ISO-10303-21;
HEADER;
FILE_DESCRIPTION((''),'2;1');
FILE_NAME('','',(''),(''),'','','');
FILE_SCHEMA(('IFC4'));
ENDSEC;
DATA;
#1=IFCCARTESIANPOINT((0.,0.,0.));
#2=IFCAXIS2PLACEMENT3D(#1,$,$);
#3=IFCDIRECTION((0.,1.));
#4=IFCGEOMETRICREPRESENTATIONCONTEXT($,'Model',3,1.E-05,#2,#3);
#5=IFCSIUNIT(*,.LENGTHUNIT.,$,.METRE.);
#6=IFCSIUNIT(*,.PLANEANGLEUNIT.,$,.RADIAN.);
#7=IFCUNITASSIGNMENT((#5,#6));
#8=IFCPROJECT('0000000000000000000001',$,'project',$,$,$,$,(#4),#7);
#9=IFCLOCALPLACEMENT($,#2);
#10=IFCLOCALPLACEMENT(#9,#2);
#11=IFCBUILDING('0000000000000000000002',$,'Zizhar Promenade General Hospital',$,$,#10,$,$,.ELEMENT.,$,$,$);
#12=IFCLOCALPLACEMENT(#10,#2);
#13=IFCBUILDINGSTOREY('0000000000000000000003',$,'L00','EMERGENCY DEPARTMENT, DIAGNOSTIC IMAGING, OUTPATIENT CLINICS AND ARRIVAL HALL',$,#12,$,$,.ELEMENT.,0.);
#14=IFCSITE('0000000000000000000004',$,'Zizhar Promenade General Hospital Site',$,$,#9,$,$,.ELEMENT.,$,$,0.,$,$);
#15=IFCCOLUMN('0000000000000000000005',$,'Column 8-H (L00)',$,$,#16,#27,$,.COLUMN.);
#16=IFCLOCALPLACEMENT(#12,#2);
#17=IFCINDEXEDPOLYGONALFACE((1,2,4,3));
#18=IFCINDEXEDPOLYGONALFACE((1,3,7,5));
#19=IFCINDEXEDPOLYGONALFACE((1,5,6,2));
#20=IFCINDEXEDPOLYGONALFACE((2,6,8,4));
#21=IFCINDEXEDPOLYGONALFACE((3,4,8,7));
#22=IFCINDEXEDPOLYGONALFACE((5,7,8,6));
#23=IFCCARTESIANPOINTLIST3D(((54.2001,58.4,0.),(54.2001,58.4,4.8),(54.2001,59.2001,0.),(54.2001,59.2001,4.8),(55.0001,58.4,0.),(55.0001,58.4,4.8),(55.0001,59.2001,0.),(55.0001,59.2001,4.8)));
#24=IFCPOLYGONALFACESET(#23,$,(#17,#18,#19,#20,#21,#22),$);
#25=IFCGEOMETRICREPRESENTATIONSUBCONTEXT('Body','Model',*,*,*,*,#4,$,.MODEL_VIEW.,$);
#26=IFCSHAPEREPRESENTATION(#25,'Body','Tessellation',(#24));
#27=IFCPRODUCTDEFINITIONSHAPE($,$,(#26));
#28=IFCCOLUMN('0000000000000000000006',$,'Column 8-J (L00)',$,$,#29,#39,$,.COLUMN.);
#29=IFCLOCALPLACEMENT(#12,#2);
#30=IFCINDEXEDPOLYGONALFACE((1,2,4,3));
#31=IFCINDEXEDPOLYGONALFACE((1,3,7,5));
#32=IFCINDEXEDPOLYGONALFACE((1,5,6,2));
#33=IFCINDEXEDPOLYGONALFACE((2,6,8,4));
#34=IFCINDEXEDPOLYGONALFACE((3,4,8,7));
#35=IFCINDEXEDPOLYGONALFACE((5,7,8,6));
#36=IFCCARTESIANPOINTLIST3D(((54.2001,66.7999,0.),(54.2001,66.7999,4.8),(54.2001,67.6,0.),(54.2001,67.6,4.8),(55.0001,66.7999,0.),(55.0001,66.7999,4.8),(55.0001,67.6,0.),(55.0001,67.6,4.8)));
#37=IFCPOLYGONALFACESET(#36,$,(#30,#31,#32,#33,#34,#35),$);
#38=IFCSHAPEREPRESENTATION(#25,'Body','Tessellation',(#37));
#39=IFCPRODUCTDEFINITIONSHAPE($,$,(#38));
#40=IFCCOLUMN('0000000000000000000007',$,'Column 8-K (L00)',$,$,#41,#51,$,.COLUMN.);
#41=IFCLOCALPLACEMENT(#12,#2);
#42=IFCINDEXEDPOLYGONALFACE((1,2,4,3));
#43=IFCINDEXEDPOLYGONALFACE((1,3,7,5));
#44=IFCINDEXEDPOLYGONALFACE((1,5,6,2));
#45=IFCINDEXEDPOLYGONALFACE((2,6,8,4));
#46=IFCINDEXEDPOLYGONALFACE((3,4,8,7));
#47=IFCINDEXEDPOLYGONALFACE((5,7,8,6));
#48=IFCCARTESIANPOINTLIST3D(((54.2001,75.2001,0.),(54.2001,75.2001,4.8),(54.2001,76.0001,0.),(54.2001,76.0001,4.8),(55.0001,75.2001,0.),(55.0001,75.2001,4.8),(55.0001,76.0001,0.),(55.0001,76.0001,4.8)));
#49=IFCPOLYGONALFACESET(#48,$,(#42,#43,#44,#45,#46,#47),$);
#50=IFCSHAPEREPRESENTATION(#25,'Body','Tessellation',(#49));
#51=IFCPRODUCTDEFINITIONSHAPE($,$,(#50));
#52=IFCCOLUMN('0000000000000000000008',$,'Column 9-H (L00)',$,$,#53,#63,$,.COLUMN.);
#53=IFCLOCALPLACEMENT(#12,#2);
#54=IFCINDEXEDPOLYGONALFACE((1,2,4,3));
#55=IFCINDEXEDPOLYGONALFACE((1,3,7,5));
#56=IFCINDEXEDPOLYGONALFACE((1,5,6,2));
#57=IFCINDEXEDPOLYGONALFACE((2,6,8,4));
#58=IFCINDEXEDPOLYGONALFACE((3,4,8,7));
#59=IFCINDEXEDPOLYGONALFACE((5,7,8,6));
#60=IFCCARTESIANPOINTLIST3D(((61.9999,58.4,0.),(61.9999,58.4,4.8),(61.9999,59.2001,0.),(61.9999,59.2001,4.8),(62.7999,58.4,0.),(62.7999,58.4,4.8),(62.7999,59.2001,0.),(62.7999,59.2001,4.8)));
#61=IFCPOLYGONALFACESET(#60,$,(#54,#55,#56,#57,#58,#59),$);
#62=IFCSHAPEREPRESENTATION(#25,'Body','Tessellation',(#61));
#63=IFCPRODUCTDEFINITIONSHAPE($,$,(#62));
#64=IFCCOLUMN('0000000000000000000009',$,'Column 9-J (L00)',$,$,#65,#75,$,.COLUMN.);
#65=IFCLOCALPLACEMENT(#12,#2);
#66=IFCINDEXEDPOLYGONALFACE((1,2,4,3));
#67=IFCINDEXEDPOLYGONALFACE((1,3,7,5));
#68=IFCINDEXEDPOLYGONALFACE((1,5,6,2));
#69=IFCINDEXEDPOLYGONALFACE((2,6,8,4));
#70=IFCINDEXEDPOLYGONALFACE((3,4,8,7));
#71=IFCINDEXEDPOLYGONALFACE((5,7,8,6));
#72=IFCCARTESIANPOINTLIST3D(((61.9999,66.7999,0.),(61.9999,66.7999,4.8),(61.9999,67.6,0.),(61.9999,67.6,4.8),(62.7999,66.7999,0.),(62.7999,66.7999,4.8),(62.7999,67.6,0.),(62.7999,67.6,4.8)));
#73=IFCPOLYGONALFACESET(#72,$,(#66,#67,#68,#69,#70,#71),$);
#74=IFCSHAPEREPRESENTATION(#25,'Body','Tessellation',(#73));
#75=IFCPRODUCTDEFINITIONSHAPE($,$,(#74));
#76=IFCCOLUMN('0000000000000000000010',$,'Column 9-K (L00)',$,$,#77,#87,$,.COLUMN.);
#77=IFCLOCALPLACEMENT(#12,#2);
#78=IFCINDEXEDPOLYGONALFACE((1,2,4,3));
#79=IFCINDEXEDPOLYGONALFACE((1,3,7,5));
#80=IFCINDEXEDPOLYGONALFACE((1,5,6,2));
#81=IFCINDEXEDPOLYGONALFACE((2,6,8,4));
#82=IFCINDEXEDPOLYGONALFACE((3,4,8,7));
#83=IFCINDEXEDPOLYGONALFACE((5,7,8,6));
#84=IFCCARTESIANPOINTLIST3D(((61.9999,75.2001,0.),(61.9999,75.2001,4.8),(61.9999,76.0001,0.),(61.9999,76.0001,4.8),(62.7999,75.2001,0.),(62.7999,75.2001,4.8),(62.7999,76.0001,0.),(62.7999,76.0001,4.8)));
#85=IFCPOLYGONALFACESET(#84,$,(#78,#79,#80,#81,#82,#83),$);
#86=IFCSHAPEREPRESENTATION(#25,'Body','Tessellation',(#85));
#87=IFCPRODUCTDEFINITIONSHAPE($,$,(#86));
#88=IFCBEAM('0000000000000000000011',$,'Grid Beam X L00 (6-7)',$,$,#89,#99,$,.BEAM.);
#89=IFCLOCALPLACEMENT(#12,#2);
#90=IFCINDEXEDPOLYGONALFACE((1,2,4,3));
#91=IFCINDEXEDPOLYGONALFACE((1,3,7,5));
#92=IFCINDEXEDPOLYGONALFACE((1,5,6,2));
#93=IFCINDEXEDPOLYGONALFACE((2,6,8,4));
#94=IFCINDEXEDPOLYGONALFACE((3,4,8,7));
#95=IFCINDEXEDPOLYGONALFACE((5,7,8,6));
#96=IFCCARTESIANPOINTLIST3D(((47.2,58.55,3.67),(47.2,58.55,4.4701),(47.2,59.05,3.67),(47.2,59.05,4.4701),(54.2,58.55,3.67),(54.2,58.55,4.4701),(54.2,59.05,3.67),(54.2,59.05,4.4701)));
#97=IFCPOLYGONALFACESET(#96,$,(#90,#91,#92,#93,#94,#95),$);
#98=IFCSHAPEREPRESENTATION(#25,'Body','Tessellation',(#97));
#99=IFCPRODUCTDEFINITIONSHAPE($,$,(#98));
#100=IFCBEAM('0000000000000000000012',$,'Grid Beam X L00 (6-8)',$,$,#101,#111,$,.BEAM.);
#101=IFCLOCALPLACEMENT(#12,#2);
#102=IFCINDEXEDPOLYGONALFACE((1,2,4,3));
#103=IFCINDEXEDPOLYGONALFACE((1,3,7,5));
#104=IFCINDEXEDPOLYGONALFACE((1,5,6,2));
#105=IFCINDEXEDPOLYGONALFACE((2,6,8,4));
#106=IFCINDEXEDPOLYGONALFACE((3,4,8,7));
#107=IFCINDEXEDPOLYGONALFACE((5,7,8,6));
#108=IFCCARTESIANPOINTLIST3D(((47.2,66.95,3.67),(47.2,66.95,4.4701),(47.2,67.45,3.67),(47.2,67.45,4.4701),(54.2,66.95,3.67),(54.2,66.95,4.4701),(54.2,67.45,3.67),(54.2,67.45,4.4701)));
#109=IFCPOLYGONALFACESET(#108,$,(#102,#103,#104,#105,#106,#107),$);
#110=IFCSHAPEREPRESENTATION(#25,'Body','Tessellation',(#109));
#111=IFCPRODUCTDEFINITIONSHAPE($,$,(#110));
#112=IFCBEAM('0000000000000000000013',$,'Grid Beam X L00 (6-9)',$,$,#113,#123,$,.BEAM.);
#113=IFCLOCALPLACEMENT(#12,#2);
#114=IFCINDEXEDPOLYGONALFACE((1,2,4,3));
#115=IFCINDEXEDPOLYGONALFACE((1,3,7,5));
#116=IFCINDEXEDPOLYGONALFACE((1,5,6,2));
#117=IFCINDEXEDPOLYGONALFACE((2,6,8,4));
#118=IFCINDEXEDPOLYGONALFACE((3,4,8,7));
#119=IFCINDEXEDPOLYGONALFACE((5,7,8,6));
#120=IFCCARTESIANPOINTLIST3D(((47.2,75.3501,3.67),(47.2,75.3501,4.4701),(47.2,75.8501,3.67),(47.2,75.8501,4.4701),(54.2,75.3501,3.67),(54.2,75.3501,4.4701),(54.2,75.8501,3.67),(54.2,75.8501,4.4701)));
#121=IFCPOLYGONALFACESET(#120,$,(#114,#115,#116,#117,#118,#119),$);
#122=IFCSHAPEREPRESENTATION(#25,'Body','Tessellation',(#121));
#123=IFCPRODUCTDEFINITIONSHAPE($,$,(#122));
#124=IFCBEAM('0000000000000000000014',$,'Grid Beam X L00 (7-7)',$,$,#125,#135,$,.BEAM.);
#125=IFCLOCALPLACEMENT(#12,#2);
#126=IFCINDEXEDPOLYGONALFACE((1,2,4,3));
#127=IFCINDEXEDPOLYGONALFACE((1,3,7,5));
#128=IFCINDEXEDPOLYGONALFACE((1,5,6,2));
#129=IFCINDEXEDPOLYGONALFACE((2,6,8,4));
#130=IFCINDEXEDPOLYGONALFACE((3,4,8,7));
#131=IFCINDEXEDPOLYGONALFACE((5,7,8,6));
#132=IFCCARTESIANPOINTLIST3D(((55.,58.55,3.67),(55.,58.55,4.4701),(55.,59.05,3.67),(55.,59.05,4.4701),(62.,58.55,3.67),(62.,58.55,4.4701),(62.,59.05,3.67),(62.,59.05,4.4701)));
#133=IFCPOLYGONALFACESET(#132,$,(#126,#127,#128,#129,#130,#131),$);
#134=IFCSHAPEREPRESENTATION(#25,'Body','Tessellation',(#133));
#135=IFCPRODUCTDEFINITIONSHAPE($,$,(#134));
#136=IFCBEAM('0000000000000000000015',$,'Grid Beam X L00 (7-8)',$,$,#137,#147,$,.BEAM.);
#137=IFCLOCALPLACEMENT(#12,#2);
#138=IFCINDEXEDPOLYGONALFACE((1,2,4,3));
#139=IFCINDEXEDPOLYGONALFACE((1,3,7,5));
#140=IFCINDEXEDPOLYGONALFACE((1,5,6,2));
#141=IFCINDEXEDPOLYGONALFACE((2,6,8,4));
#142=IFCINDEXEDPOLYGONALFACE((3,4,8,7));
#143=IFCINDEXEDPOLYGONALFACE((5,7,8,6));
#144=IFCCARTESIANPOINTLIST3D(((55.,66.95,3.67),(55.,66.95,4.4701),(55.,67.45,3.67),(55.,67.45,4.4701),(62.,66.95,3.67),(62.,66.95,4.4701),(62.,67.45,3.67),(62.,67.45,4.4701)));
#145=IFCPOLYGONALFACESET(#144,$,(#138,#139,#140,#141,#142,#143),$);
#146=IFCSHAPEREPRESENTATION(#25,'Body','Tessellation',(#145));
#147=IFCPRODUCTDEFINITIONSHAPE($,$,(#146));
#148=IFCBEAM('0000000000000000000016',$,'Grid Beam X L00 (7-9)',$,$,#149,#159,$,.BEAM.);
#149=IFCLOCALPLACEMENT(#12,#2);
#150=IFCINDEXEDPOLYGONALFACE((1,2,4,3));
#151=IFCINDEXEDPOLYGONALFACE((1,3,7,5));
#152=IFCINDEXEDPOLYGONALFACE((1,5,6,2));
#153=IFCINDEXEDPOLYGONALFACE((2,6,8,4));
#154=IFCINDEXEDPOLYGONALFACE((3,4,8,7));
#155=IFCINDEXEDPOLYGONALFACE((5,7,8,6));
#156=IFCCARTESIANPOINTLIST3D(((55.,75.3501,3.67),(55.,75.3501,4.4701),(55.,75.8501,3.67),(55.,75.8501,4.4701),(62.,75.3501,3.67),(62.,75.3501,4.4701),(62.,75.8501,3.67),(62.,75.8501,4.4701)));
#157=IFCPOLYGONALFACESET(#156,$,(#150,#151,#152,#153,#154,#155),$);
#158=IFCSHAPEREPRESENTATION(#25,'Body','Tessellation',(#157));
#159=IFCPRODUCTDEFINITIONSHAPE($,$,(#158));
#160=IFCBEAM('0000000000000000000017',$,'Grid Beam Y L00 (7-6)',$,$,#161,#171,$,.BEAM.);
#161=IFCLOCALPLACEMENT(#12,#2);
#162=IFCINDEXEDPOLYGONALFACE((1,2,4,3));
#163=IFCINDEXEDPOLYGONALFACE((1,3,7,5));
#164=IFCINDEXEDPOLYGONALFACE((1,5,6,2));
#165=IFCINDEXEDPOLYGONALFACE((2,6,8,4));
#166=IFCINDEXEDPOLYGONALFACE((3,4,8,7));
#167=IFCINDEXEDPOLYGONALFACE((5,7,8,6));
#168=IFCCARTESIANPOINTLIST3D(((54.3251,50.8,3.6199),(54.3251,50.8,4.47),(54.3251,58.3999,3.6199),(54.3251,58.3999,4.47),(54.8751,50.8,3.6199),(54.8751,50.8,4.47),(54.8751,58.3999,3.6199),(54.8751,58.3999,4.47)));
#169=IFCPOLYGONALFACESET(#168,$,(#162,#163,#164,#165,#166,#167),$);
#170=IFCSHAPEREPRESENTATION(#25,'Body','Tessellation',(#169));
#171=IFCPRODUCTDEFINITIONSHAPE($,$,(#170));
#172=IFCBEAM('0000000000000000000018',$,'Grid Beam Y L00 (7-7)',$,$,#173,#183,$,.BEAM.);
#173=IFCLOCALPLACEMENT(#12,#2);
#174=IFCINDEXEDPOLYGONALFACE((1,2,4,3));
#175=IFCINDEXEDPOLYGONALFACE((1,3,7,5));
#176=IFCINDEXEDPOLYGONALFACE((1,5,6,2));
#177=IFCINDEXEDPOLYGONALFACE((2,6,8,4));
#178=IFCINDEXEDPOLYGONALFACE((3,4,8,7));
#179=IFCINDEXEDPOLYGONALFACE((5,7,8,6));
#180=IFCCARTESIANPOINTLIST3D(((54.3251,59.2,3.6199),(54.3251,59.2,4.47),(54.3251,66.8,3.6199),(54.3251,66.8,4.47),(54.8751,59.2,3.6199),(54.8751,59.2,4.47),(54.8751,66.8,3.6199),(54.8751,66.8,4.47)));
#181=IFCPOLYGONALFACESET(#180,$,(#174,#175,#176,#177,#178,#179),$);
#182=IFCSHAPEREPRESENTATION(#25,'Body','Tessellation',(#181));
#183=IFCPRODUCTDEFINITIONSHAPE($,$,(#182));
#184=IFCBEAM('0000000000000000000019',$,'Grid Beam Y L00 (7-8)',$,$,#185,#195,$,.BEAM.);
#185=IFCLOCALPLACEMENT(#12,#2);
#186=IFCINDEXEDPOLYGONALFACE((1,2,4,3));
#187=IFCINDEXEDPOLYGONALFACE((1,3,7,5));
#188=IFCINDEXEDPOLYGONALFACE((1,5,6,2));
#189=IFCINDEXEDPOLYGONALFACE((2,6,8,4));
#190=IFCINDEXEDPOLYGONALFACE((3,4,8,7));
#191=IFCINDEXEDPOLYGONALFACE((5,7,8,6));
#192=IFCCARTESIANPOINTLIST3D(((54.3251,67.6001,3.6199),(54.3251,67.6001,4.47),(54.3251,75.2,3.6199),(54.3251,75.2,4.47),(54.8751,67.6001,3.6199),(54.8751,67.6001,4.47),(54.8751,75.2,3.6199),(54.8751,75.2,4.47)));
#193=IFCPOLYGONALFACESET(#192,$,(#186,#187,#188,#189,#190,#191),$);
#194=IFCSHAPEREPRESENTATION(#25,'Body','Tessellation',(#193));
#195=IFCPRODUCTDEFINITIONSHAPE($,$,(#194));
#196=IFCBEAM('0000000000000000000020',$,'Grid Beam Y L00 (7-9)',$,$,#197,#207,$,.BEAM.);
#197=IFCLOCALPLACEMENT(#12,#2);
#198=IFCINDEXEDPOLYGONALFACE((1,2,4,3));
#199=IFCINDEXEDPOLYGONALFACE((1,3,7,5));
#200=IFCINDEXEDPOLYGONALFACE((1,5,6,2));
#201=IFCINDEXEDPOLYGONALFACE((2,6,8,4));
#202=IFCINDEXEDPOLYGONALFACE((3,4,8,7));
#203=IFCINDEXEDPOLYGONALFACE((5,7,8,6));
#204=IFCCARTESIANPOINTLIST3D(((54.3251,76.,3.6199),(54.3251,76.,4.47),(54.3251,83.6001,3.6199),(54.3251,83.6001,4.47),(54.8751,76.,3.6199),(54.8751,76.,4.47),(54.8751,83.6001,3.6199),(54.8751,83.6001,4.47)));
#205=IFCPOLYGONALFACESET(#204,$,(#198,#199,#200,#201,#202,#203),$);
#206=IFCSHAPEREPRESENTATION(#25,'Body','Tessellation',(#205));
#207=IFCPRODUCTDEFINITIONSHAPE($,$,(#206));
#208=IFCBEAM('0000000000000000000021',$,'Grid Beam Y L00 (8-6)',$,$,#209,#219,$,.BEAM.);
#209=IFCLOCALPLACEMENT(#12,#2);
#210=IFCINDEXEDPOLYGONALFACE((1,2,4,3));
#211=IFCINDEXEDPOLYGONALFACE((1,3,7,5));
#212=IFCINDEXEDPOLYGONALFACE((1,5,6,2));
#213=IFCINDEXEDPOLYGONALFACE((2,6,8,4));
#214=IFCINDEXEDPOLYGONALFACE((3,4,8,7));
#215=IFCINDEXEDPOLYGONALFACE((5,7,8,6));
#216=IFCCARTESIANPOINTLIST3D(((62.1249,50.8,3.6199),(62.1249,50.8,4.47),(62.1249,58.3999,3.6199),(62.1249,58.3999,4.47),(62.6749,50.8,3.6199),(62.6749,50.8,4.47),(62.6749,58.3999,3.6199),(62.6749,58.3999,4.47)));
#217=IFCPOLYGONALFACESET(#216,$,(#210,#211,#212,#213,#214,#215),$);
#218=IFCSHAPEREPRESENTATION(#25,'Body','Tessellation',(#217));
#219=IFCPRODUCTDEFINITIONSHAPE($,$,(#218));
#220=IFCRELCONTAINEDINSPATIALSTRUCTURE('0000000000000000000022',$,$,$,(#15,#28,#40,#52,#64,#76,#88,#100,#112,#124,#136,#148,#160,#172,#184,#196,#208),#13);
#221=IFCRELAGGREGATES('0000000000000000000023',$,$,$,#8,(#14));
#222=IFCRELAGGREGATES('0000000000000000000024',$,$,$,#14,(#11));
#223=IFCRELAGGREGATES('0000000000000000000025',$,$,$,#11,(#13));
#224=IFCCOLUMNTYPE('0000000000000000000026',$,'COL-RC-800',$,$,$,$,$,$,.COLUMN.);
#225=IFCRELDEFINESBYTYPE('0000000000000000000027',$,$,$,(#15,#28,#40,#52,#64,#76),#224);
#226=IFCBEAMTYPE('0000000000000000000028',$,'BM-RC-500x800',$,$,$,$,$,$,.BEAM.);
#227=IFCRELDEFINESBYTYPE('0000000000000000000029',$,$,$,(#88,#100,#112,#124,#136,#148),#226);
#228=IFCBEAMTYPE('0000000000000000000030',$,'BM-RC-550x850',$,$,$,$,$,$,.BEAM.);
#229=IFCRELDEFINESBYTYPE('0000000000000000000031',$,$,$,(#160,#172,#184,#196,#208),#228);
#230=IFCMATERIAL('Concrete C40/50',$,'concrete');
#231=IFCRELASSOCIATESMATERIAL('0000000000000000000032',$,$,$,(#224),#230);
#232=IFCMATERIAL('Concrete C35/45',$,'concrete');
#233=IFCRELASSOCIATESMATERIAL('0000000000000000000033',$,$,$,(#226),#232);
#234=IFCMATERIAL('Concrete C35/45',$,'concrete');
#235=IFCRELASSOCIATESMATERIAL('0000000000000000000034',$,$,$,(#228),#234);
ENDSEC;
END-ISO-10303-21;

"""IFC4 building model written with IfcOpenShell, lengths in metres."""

from ifc_helpers import new_model, si_unit, direction, frame, origin, origin_2d, place, context, subcontext, project, spatial, rectangle, extrude, material, material_profile, profile_set, type_object, element, save


model = new_model("IFC4")

# Units and contexts
model_context = context("Model", 3, precision=1e-05, world=origin(), true_north=direction((0.0, 1.0)))
body_context = subcontext(model_context, "Body", "Model", "MODEL_VIEW")
ifc_project = project(units=[si_unit("LENGTHUNIT", "METRE"), si_unit("PLANEANGLEUNIT", "RADIAN")], contexts=[model_context])

# Site, building, storey
site_placement = place(None, origin())
site = spatial("IfcSite", under=ifc_project, at=site_placement, Name="Zizhar Promenade General Hospital Site", CompositionType="ELEMENT", RefElevation=0.0)
building_placement = place(site_placement, origin())
building = spatial("IfcBuilding", under=site, at=building_placement, Name="Zizhar Promenade General Hospital", CompositionType="ELEMENT")
storey_placement = place(building_placement, origin())
storey = spatial("IfcBuildingStorey", under=building, at=storey_placement, Name="L00", Description="EMERGENCY DEPARTMENT, DIAGNOSTIC IMAGING, OUTPATIENT CLINICS AND ARRIVAL HALL", CompositionType="ELEMENT", Elevation=0.0)

# Columns
ifc_material_1 = material(Name="Concrete C40/50", Category="concrete")
ifc_material_profile_1 = material_profile(ifc_material_1, rectangle(XDim=0.8, YDim=0.8, at=origin_2d()))
ifc_profile_set_1 = profile_set([ifc_material_profile_1], Name="Concrete C40/50")
column_type = type_object("IfcColumnType", Name="COL-RC-800", PredefinedType="COLUMN", material=ifc_profile_set_1)
for number, where, z_axis, x_axis, name in (
    (1, (54.6001, 58.8, 0.0), (0.0, 0.0, 1.0), (1.0, 0.0, 0.0), "Column 8-H (L00)"),
    (2, (54.6001, 67.2, 0.0), (0.0, 0.0, 1.0), (1.0, 0.0, 0.0), "Column 8-J (L00)"),
    (3, (54.6001, 75.6001, 0.0), (0.0, 0.0, 1.0), (1.0, 0.0, 0.0), "Column 8-K (L00)"),
    (4, (62.3999, 58.8, 0.0), (0.0, 0.0, 1.0), (1.0, 0.0, 0.0), "Column 9-H (L00)"),
    (5, (62.3999, 67.2, 0.0), (0.0, 0.0, 1.0), (1.0, 0.0, 0.0), "Column 9-J (L00)"),
    (6, (62.3999, 75.6001, 0.0), (0.0, 0.0, 1.0), (1.0, 0.0, 0.0), "Column 9-K (L00)"),
):
    element("IfcColumn", number, at=place(storey_placement, frame(where, z_axis=z_axis, x_axis=x_axis)), inside=storey, type_object=column_type, Name=name, PredefinedType="COLUMN", context=body_context, shape_type="SweptSolid", body=[
        extrude(rectangle(XDim=0.8, YDim=0.8, at=origin_2d()), origin(), (0.0, 0.0, 1.0), 4.8),
    ])

# Beams
ifc_material_2 = material(Name="Concrete C35/45", Category="concrete")
ifc_material_profile_2 = material_profile(ifc_material_2, rectangle(XDim=0.5, YDim=0.8, at=origin_2d()))
ifc_profile_set_2 = profile_set([ifc_material_profile_2], Name="Concrete C35/45")
beam_type_1 = type_object("IfcBeamType", Name="BM-RC-500x800", PredefinedType="BEAM", material=ifc_profile_set_2)
for number, where, z_axis, x_axis, name in (
    (7, (47.2, 58.8, 4.0701), (1.0, 0.0, 0.0), (0.0, 1.0, 0.0), "Grid Beam X L00 (6-7)"),
    (8, (47.2, 67.2, 4.0701), (1.0, 0.0, 0.0), (0.0, 1.0, 0.0), "Grid Beam X L00 (6-8)"),
    (9, (47.2, 75.6001, 4.0701), (1.0, 0.0, 0.0), (0.0, 1.0, 0.0), "Grid Beam X L00 (6-9)"),
    (10, (55.0, 58.8, 4.0701), (1.0, 0.0, 0.0), (0.0, 1.0, 0.0), "Grid Beam X L00 (7-7)"),
    (11, (55.0, 67.2, 4.0701), (1.0, 0.0, 0.0), (0.0, 1.0, 0.0), "Grid Beam X L00 (7-8)"),
    (12, (55.0, 75.6001, 4.0701), (1.0, 0.0, 0.0), (0.0, 1.0, 0.0), "Grid Beam X L00 (7-9)"),
):
    element("IfcBeam", number, at=place(storey_placement, frame(where, z_axis=z_axis, x_axis=x_axis)), inside=storey, type_object=beam_type_1, Name=name, PredefinedType="BEAM", context=body_context, shape_type="SweptSolid", body=[
        extrude(rectangle(XDim=0.5, YDim=0.8, at=origin_2d()), origin(), (0.0, 0.0, 1.0), 7.0),
    ])
ifc_material_3 = material(Name="Concrete C35/45", Category="concrete")
ifc_material_profile_3 = material_profile(ifc_material_3, rectangle(XDim=0.55, YDim=0.8501, at=origin_2d()))
ifc_profile_set_3 = profile_set([ifc_material_profile_3], Name="Concrete C35/45")
beam_type_2 = type_object("IfcBeamType", Name="BM-RC-550x850", PredefinedType="BEAM", material=ifc_profile_set_3)
beam_1_placement = place(storey_placement, frame((54.6001, 50.8, 4.0449), z_axis=(0.0, 1.0, 0.0), x_axis=(-1.0, 0.0, 0.0)))
element("IfcBeam", 13, at=beam_1_placement, inside=storey, type_object=beam_type_2, Name="Grid Beam Y L00 (7-6)", PredefinedType="BEAM", context=body_context, shape_type="SweptSolid", body=[
    extrude(rectangle(XDim=0.55, YDim=0.8501, at=origin_2d()), origin(), (0.0, 0.0, 1.0), 7.5999),
])
beam_2_placement = place(storey_placement, frame((54.6001, 59.2, 4.0449), z_axis=(0.0, 1.0, 0.0), x_axis=(-1.0, 0.0, 0.0)))
element("IfcBeam", 14, at=beam_2_placement, inside=storey, type_object=beam_type_2, Name="Grid Beam Y L00 (7-7)", PredefinedType="BEAM", context=body_context, shape_type="SweptSolid", body=[
    extrude(rectangle(XDim=0.55, YDim=0.8501, at=origin_2d()), origin(), (0.0, 0.0, 1.0), 7.6001),
])
beam_3_placement = place(storey_placement, frame((54.6001, 67.6001, 4.0449), z_axis=(0.0, 1.0, 0.0), x_axis=(-1.0, 0.0, 0.0)))
element("IfcBeam", 15, at=beam_3_placement, inside=storey, type_object=beam_type_2, Name="Grid Beam Y L00 (7-8)", PredefinedType="BEAM", context=body_context, shape_type="SweptSolid", body=[
    extrude(rectangle(XDim=0.55, YDim=0.8501, at=origin_2d()), origin(), (0.0, 0.0, 1.0), 7.5999),
])
beam_4_placement = place(storey_placement, frame((54.6001, 76.0, 4.0449), z_axis=(0.0, 1.0, 0.0), x_axis=(-1.0, 0.0, 0.0)))
element("IfcBeam", 16, at=beam_4_placement, inside=storey, type_object=beam_type_2, Name="Grid Beam Y L00 (7-9)", PredefinedType="BEAM", context=body_context, shape_type="SweptSolid", body=[
    extrude(rectangle(XDim=0.55, YDim=0.8501, at=origin_2d()), origin(), (0.0, 0.0, 1.0), 7.6001),
])
beam_5_placement = place(storey_placement, frame((62.3999, 50.8, 4.0449), z_axis=(0.0, 1.0, 0.0), x_axis=(-1.0, 0.0, 0.0)))
element("IfcBeam", 17, at=beam_5_placement, inside=storey, type_object=beam_type_2, Name="Grid Beam Y L00 (8-6)", PredefinedType="BEAM", context=body_context, shape_type="SweptSolid", body=[
    extrude(rectangle(XDim=0.55, YDim=0.8501, at=origin_2d()), origin(), (0.0, 0.0, 1.0), 7.5999),
])

save(model, "model.ifc")
